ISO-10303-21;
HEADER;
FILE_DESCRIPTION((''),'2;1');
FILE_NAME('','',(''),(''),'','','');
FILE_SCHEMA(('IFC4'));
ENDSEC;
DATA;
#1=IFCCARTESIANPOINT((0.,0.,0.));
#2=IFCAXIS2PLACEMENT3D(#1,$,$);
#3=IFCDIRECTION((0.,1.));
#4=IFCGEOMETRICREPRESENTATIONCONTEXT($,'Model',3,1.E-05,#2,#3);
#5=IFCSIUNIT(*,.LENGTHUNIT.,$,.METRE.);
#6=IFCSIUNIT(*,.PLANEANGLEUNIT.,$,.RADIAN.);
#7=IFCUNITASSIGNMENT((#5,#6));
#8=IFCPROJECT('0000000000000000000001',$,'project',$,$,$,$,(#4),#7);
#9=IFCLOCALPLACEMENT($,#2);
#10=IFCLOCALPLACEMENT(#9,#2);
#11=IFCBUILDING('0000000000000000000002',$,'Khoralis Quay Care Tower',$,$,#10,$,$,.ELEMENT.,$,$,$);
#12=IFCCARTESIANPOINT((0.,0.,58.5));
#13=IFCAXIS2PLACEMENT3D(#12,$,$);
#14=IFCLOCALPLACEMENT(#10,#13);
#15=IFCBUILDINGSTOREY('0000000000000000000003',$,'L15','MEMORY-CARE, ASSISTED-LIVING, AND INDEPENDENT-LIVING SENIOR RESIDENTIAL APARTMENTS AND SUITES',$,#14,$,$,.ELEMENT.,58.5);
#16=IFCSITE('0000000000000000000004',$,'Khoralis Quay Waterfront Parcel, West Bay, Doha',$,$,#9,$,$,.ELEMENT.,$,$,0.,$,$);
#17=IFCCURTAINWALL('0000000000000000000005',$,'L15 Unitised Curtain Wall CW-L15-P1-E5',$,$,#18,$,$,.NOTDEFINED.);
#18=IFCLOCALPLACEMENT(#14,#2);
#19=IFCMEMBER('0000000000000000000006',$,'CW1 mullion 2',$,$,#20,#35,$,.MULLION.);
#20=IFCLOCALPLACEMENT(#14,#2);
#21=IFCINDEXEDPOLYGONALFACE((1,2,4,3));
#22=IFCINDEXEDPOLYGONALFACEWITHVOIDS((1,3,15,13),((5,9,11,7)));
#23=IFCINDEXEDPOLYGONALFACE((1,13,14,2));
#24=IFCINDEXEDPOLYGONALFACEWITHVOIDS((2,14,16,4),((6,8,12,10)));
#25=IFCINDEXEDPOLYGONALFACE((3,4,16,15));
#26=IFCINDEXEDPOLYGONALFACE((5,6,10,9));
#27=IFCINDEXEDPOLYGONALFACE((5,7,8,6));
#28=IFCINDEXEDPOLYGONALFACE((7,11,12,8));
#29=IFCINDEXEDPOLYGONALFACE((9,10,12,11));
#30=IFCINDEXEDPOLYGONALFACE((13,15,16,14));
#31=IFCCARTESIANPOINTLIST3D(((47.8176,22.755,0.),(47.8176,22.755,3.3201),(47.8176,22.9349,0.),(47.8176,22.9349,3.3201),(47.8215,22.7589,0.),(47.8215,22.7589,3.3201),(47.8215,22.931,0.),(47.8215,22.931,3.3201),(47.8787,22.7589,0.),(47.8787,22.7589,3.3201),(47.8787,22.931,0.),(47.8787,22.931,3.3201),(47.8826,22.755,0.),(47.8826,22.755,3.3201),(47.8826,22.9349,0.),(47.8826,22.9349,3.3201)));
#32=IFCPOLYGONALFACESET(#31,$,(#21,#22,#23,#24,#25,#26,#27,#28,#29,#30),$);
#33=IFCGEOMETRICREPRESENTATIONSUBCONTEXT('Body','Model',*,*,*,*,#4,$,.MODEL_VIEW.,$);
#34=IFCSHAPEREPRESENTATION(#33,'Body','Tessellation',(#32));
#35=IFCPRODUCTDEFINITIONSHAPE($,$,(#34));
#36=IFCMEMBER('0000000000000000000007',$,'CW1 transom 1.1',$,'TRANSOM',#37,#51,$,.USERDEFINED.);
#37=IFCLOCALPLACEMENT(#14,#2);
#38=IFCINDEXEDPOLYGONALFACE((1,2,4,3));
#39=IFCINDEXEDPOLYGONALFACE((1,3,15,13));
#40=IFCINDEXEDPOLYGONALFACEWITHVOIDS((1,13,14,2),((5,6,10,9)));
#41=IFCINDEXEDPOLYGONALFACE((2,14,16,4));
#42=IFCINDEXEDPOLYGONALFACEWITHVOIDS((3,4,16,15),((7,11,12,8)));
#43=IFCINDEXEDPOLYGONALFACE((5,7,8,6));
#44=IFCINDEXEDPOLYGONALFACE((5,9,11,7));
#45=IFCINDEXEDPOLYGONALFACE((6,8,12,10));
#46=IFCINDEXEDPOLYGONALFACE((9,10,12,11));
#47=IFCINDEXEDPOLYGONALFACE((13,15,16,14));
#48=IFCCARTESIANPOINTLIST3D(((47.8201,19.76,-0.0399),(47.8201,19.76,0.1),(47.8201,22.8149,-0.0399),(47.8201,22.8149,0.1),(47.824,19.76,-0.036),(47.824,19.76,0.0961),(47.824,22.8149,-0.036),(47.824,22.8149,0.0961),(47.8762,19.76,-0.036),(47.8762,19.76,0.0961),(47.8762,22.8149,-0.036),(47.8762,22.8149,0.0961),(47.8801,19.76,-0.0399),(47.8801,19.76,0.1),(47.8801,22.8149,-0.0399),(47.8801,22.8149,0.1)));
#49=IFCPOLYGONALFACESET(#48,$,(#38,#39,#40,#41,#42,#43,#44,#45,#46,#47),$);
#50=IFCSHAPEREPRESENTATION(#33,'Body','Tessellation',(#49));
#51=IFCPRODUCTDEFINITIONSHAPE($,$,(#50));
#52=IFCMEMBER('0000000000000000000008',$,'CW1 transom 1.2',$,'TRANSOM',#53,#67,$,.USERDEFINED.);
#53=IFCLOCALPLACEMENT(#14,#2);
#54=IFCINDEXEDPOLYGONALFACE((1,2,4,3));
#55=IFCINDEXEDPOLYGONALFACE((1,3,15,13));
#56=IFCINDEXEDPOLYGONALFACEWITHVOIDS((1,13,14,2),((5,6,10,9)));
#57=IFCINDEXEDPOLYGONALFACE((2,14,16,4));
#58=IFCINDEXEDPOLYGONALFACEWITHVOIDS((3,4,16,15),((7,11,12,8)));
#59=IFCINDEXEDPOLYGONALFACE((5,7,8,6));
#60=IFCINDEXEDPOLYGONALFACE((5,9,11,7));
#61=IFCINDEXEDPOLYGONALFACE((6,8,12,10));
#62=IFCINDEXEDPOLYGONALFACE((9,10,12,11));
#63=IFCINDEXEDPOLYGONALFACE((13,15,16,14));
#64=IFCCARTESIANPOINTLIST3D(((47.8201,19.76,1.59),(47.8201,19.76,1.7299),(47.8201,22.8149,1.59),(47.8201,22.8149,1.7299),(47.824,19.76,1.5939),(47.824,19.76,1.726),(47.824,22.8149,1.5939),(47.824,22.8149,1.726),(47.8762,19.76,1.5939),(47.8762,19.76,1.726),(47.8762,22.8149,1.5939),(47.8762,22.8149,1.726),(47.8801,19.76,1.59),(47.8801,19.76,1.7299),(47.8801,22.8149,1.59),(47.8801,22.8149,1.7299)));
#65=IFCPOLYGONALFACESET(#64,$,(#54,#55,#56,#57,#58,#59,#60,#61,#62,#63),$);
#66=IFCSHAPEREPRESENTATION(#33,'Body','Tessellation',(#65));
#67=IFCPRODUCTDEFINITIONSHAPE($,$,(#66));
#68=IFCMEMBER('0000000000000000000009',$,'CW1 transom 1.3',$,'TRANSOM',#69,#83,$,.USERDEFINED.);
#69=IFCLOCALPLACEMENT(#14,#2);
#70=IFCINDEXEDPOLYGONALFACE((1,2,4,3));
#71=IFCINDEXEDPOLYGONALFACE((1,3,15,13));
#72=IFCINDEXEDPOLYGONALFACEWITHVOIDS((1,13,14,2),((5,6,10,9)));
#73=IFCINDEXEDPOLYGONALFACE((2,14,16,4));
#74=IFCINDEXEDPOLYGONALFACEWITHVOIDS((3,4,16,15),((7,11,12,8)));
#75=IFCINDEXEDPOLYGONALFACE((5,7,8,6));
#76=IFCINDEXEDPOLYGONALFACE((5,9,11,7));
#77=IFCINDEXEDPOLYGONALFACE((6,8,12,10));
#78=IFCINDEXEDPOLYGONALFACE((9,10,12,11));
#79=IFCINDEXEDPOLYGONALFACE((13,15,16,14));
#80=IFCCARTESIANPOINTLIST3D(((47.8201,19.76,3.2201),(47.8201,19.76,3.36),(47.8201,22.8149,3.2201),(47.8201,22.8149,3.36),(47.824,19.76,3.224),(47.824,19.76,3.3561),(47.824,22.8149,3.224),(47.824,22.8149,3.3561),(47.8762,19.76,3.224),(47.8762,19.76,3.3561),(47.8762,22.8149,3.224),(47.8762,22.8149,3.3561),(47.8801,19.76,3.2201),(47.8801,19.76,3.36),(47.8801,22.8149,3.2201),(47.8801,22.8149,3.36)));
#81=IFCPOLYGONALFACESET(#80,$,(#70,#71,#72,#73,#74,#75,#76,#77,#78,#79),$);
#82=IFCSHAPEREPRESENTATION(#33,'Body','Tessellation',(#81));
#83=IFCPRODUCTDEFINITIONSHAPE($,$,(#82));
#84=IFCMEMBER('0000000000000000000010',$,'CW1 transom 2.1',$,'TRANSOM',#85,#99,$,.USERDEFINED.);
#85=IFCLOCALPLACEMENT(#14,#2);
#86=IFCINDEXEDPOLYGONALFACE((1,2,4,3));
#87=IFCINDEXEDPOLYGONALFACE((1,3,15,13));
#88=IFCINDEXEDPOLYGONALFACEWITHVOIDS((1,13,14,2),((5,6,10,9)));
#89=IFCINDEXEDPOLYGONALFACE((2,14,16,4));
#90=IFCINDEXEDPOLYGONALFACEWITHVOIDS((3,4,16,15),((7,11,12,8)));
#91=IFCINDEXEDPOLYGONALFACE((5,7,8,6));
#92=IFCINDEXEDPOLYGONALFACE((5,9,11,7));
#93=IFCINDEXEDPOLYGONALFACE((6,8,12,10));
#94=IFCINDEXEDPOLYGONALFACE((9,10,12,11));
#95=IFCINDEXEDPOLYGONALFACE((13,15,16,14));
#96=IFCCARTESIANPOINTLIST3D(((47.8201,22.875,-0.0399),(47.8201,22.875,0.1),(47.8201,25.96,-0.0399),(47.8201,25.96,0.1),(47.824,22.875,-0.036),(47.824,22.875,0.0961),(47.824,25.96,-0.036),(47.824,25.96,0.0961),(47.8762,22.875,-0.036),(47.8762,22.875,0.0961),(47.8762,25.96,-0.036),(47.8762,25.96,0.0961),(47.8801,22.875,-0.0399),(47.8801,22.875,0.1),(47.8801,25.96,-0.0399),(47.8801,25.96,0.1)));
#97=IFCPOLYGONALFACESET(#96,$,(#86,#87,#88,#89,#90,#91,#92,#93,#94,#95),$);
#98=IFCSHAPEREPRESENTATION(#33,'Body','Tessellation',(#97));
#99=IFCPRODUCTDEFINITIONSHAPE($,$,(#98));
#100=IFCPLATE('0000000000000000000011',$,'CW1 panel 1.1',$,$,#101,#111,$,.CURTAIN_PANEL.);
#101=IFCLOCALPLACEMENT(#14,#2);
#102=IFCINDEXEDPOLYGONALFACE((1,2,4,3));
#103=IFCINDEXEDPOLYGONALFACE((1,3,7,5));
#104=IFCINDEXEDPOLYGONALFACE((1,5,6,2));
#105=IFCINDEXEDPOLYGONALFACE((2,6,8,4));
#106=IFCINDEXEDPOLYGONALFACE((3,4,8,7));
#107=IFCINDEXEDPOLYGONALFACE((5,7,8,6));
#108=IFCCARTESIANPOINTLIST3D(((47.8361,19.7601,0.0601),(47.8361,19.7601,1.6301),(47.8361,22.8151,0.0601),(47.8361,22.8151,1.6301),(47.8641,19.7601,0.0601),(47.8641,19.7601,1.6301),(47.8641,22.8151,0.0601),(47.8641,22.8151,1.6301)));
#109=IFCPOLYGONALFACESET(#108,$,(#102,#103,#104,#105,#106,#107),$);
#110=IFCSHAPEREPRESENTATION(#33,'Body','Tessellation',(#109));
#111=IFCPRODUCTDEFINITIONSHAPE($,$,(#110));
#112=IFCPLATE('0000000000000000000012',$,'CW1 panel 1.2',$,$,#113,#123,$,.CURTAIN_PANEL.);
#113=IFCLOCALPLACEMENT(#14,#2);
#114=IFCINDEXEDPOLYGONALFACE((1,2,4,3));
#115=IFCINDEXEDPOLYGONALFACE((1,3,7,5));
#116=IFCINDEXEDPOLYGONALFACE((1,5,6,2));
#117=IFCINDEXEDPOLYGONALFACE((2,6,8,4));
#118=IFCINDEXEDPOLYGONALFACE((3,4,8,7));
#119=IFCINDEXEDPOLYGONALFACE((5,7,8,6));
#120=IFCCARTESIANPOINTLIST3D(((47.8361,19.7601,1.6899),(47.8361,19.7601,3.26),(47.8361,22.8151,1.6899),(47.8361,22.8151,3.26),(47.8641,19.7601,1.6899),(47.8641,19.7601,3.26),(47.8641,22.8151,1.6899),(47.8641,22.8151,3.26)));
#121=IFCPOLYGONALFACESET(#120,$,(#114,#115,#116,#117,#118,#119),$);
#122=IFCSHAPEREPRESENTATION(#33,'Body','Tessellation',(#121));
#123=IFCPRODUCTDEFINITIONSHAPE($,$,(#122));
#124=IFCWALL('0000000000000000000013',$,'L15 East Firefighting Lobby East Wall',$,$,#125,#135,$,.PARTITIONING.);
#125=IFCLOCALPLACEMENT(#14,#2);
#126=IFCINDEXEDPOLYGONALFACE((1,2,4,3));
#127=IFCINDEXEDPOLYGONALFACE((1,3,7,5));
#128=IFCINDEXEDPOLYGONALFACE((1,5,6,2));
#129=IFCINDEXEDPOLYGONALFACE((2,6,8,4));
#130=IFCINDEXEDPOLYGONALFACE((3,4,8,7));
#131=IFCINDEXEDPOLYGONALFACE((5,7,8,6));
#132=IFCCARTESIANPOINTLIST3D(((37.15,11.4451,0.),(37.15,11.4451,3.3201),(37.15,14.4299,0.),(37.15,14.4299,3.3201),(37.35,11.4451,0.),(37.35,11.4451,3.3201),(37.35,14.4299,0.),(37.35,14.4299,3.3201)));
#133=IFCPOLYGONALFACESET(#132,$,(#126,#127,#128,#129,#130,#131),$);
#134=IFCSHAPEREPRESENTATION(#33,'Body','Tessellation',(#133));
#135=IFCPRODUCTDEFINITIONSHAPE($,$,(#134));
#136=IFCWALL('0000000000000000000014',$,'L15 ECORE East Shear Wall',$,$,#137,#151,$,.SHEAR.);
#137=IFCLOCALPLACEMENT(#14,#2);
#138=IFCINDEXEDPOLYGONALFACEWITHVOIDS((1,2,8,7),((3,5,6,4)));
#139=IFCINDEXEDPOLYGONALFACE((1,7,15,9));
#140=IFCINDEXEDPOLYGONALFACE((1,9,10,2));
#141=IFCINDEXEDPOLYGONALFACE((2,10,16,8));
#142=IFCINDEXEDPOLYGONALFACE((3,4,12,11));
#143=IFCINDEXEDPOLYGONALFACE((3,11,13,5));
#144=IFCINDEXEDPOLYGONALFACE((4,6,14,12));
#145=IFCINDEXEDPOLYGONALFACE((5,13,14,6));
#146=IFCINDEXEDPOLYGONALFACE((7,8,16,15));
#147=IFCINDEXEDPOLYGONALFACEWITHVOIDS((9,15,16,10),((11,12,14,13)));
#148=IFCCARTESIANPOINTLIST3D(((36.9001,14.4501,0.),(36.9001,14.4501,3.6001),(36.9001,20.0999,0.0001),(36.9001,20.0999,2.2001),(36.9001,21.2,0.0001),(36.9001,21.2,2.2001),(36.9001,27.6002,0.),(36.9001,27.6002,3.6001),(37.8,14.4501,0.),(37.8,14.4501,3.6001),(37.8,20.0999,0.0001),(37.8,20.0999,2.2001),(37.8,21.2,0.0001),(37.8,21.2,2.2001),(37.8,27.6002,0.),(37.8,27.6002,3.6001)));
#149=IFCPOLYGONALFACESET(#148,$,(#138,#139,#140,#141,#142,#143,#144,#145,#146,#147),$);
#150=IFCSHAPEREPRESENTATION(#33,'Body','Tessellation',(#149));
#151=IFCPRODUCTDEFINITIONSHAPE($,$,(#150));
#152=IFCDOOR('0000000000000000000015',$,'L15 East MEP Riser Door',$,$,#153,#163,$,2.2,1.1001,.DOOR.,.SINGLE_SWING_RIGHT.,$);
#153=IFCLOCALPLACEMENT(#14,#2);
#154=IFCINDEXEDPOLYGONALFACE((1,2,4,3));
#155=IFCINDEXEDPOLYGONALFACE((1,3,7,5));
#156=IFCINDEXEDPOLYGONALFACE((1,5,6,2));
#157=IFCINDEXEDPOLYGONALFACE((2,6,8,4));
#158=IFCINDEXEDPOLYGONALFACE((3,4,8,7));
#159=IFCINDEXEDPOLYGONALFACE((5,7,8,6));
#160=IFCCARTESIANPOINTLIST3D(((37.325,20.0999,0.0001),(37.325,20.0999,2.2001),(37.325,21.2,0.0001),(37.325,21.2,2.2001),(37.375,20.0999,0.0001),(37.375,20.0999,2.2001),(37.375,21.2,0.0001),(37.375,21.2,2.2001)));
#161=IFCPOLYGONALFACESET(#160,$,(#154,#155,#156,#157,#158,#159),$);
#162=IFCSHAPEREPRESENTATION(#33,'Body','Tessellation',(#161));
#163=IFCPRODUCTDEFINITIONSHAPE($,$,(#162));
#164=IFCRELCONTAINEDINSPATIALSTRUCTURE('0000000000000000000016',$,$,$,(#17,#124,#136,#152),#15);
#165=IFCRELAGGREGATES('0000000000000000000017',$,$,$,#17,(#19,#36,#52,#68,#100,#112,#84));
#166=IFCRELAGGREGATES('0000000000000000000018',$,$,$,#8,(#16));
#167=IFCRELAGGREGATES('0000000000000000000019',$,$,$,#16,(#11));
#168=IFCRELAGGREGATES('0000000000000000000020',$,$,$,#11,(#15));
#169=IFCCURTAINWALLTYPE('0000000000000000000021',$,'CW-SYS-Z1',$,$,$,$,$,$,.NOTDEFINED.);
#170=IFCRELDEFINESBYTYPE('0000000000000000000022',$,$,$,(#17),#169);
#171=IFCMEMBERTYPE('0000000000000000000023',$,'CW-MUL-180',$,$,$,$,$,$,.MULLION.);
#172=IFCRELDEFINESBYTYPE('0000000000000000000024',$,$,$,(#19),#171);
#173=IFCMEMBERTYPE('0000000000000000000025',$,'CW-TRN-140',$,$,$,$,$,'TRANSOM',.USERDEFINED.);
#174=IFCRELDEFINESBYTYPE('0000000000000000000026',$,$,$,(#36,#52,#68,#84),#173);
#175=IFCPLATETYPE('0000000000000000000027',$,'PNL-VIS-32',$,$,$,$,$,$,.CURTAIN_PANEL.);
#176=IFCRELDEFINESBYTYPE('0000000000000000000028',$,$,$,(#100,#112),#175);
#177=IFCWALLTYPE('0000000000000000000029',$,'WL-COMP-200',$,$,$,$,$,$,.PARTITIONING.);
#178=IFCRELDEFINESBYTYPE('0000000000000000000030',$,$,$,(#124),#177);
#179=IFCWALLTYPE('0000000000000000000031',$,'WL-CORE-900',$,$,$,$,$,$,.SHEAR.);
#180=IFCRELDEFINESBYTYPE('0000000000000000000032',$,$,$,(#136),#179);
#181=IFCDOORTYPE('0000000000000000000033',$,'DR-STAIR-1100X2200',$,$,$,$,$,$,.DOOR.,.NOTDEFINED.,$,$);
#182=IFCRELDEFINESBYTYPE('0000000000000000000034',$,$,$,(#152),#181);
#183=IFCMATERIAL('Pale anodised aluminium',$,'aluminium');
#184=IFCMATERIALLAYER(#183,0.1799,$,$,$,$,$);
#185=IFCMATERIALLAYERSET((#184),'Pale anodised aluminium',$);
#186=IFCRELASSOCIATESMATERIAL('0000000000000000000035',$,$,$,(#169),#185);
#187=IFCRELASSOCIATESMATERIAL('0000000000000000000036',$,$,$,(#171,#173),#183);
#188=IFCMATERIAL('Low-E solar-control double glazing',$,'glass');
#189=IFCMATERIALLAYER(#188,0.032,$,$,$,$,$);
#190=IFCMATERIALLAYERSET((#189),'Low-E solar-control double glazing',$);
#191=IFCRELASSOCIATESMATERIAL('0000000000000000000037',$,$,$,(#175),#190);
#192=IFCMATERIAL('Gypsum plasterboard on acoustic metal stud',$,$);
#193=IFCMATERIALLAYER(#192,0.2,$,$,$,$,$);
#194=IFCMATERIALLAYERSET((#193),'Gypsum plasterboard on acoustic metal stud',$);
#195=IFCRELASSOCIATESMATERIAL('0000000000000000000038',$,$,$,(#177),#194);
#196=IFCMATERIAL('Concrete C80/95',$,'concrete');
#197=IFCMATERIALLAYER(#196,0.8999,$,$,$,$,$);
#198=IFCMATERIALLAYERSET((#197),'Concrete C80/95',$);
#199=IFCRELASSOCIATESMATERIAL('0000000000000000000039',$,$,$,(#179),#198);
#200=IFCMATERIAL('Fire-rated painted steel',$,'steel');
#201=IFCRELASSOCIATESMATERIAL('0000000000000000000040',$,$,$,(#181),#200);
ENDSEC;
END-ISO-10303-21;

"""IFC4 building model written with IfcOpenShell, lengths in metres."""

from ifc_helpers import new_model, si_unit, direction, frame, frame_2d, origin, origin_2d, place, context, subcontext, project, spatial, rectangle, hollow_rectangle, extrude, source, transform, mapped, material, layer, layer_set, material_profile, profile_set, type_object, element, fill, aggregate, save


model = new_model("IFC4")

# Units and contexts
model_context = context("Model", 3, precision=1e-05, world=origin(), true_north=direction((0.0, 1.0)))
body_context = subcontext(model_context, "Body", "Model", "MODEL_VIEW")
ifc_project = project(units=[si_unit("LENGTHUNIT", "METRE"), si_unit("PLANEANGLEUNIT", "RADIAN")], contexts=[model_context])

# Site, building, storey
site_placement = place(None, origin())
site = spatial("IfcSite", under=ifc_project, at=site_placement, Name="Khoralis Quay Waterfront Parcel, West Bay, Doha", CompositionType="ELEMENT", RefElevation=0.0)
building_placement = place(site_placement, origin())
building = spatial("IfcBuilding", under=site, at=building_placement, Name="Khoralis Quay Care Tower", CompositionType="ELEMENT")
storey_placement = place(building_placement, frame((0.0, 0.0, 58.5)))
storey = spatial("IfcBuildingStorey", under=building, at=storey_placement, Name="L15", Description="MEMORY-CARE, ASSISTED-LIVING, AND INDEPENDENT-LIVING SENIOR RESIDENTIAL APARTMENTS AND SUITES", CompositionType="ELEMENT", Elevation=58.5)

# Shared definitions
ifc_material_1 = material(Name="Concrete C80/95", Category="concrete")

# Curtain wall, members, plates
ifc_material_2 = material(Name="Pale anodised aluminium", Category="aluminium")
ifc_layer_1 = layer(ifc_material_2, 0.1799)
ifc_layer_set_1 = layer_set([ifc_layer_1], Name="Pale anodised aluminium")
curtain_wall_type = type_object("IfcCurtainWallType", Name="CW-SYS-Z1", PredefinedType="NOTDEFINED", material=ifc_layer_set_1)
curtain_wall_placement = place(storey_placement, origin())
curtain_wall = element("IfcCurtainWall", 1, at=curtain_wall_placement, inside=storey, type_object=curtain_wall_type, Name="L15 Unitised Curtain Wall CW-L15-P1-E5", PredefinedType="NOTDEFINED")
ifc_material_profile_1 = material_profile(ifc_material_2, hollow_rectangle(XDim=0.0649, YDim=0.1799, WallThickness=0.0039, at=origin_2d()), Name="Pale anodised aluminium")
ifc_profile_set_1 = profile_set([ifc_material_profile_1], Name="Pale anodised aluminium")
member_type_1 = type_object("IfcMemberType", Name="CW-MUL-180", PredefinedType="MULLION", material=ifc_profile_set_1)
shared_shape_1 = source(origin(), body_context, "Body", "SweptSolid", [
    extrude(hollow_rectangle(XDim=0.0649, YDim=0.1799, WallThickness=0.0039, at=origin_2d()), origin(), (0.0, 0.0, 1.0), 3.3201),
])
member_1_placement = place(storey_placement, frame((47.8501, 22.845, 0.0), z_axis=(0.0, 0.0, 1.0), x_axis=(-1.0, 0.0, 0.0)))
member_1 = element("IfcMember", 2, at=member_1_placement, type_object=member_type_1, Name="CW1 mullion 2", PredefinedType="MULLION", context=body_context, shape_type="MappedRepresentation", body=[
    mapped(shared_shape_1, transform((0.0, 0.0, 0.0), scale=1.0)),
])
ifc_material_profile_2 = material_profile(ifc_material_2, hollow_rectangle(XDim=0.0601, YDim=0.1399, WallThickness=0.0039, at=origin_2d()), Name="Pale anodised aluminium")
ifc_profile_set_2 = profile_set([ifc_material_profile_2], Name="Pale anodised aluminium")
member_type_2 = type_object("IfcMemberType", Name="CW-TRN-140", ElementType="TRANSOM", PredefinedType="USERDEFINED", material=ifc_profile_set_2)
shared_shape_2 = source(origin(), body_context, "Body", "SweptSolid", [
    extrude(hollow_rectangle(XDim=0.0601, YDim=0.1399, WallThickness=0.0039, at=origin_2d()), origin(), (0.0, 0.0, 1.0), 3.0549),
])
member_2_placement = place(storey_placement, frame((47.8501, 19.76, 0.03), z_axis=(0.0, 1.0, 0.0), x_axis=(-1.0, 0.0, 0.0)))
member_2 = element("IfcMember", 3, at=member_2_placement, type_object=member_type_2, Name="CW1 transom 1.1", ObjectType="TRANSOM", PredefinedType="USERDEFINED", context=body_context, shape_type="MappedRepresentation", body=[
    mapped(shared_shape_2, transform((0.0, 0.0, 0.0), scale=1.0)),
])
member_3_placement = place(storey_placement, frame((47.8501, 19.76, 1.6599), z_axis=(0.0, 1.0, 0.0), x_axis=(-1.0, 0.0, 0.0)))
member_3 = element("IfcMember", 4, at=member_3_placement, type_object=member_type_2, Name="CW1 transom 1.2", ObjectType="TRANSOM", PredefinedType="USERDEFINED", context=body_context, shape_type="MappedRepresentation", body=[
    mapped(shared_shape_2, transform((0.0, 0.0, 0.0), scale=1.0)),
])
member_4_placement = place(storey_placement, frame((47.8501, 19.76, 3.29), z_axis=(0.0, 1.0, 0.0), x_axis=(-1.0, 0.0, 0.0)))
member_4 = element("IfcMember", 5, at=member_4_placement, type_object=member_type_2, Name="CW1 transom 1.3", ObjectType="TRANSOM", PredefinedType="USERDEFINED", context=body_context, shape_type="MappedRepresentation", body=[
    mapped(shared_shape_2, transform((0.0, 0.0, 0.0), scale=1.0)),
])
shared_shape_3 = source(origin(), body_context, "Body", "SweptSolid", [
    extrude(hollow_rectangle(XDim=0.0601, YDim=0.1399, WallThickness=0.0039, at=origin_2d()), origin(), (0.0, 0.0, 1.0), 3.085),
])
member_5_placement = place(storey_placement, frame((47.8501, 22.875, 0.03), z_axis=(0.0, 1.0, 0.0), x_axis=(-1.0, 0.0, 0.0)))
member_5 = element("IfcMember", 6, at=member_5_placement, type_object=member_type_2, Name="CW1 transom 2.1", ObjectType="TRANSOM", PredefinedType="USERDEFINED", context=body_context, shape_type="MappedRepresentation", body=[
    mapped(shared_shape_3, transform((0.0, 0.0, 0.0), scale=1.0)),
])
ifc_material_3 = material(Name="Low-E solar-control double glazing", Category="glass")
ifc_layer_2 = layer(ifc_material_3, 0.032)
ifc_layer_set_2 = layer_set([ifc_layer_2], Name="Low-E solar-control double glazing")
plate_type = type_object("IfcPlateType", Name="PNL-VIS-32", PredefinedType="CURTAIN_PANEL", material=ifc_layer_set_2)
shared_shape_4 = source(origin(), body_context, "Body", "SweptSolid", [
    extrude(rectangle(XDim=3.0549, YDim=0.0281, at=origin_2d()), origin(), (0.0, 0.0, 1.0), 1.5701),
])
plate_1_placement = place(storey_placement, frame((47.8501, 21.2876, 0.0601), z_axis=(0.0, 0.0, 1.0), x_axis=(0.0, 1.0, 0.0)))
plate_1 = element("IfcPlate", 7, at=plate_1_placement, type_object=plate_type, Name="CW1 panel 1.1", PredefinedType="CURTAIN_PANEL", context=body_context, shape_type="MappedRepresentation", body=[
    mapped(shared_shape_4, transform((0.0, 0.0, 0.0), scale=1.0)),
])
plate_2_placement = place(storey_placement, frame((47.8501, 21.2876, 1.6899), z_axis=(0.0, 0.0, 1.0), x_axis=(0.0, 1.0, 0.0)))
plate_2 = element("IfcPlate", 8, at=plate_2_placement, type_object=plate_type, Name="CW1 panel 1.2", PredefinedType="CURTAIN_PANEL", context=body_context, shape_type="MappedRepresentation", body=[
    mapped(shared_shape_4, transform((0.0, 0.0, 0.0), scale=1.0)),
])
aggregate(curtain_wall, [member_1, member_2, member_3, member_4, plate_1, plate_2, member_5])

# Wall
ifc_material_4 = material(Name="Gypsum plasterboard on acoustic metal stud")
ifc_layer_3 = layer(ifc_material_4, 0.2)
ifc_layer_set_3 = layer_set([ifc_layer_3], Name="Gypsum plasterboard on acoustic metal stud")
wall_type_1 = type_object("IfcWallType", Name="WL-COMP-200", PredefinedType="PARTITIONING", material=ifc_layer_set_3)
wall_1_placement = place(storey_placement, frame((37.25, 11.4451, 0.0), z_axis=(0.0, 0.0, 1.0), x_axis=(0.0, 1.0, 0.0)))
element("IfcWall", 9, at=wall_1_placement, inside=storey, type_object=wall_type_1, Name="L15 East Firefighting Lobby East Wall", PredefinedType="PARTITIONING", context=body_context, shape_type="SweptSolid", body=[
    extrude(rectangle(XDim=2.9849, YDim=0.2, at=frame_2d((1.4924, 0.0))), origin(), (0.0, 0.0, 1.0), 3.3201),
])

# Wall, opening, door
ifc_layer_4 = layer(ifc_material_1, 0.8999)
ifc_layer_set_4 = layer_set([ifc_layer_4], Name="Concrete C80/95")
wall_type_2 = type_object("IfcWallType", Name="WL-CORE-900", PredefinedType="SHEAR", material=ifc_layer_set_4)
wall_2_placement = place(storey_placement, frame((37.3501, 14.45, 0.0), z_axis=(0.0, 0.0, 1.0), x_axis=(0.0, 1.0, 0.0)))
wall_2 = element("IfcWall", 10, at=wall_2_placement, inside=storey, type_object=wall_type_2, Name="L15 ECORE East Shear Wall", PredefinedType="SHEAR", context=body_context, shape_type="SweptSolid", body=[
    extrude(rectangle(XDim=13.1501, YDim=0.8999, at=frame_2d((6.5752, 0.0))), origin(), (0.0, 0.0, 1.0), 3.6001),
])
opening_1_placement = place(wall_2_placement, frame((5.6499, 0.0, 0.0)))
opening_1 = element("IfcOpeningElement", 11, at=opening_1_placement, cuts=wall_2, PredefinedType="OPENING", context=body_context, shape_type="SweptSolid", body=[
    extrude(rectangle(XDim=1.1001, YDim=2.2, at=frame_2d((0.55, 1.1001))), frame((0.0, 0.46, 0.0), z_axis=(0.0, -1.0, 0.0), x_axis=(1.0, 0.0, 0.0)), (0.0, 0.0, 1.0), 0.9199),
])
ifc_material_5 = material(Name="Fire-rated painted steel", Category="steel")
door_type_1 = type_object("IfcDoorType", Name="DR-STAIR-1100X2200", OperationType="NOTDEFINED", PredefinedType="DOOR", material=ifc_material_5)
shared_shape_5 = source(origin(), body_context, "Body", "SweptSolid", [
    extrude(rectangle(XDim=1.1001, YDim=2.2, at=frame_2d((0.55, 1.1001))), frame((0.0, 0.0249, 0.0), z_axis=(0.0, -1.0, 0.0), x_axis=(1.0, 0.0, 0.0)), (0.0, 0.0, 1.0), 0.05),
])
door_1_placement = place(opening_1_placement, frame((1.1001, 0.0, 0.0), z_axis=(0.0, 0.0, 1.0), x_axis=(-1.0, 0.0, 0.0)))
door_1 = element("IfcDoor", 12, at=door_1_placement, inside=storey, type_object=door_type_1, Name="L15 East MEP Riser Door", OperationType="SINGLE_SWING_RIGHT", OverallHeight=2.2, OverallWidth=1.1001, PredefinedType="DOOR", context=body_context, shape_type="MappedRepresentation", body=[
    mapped(shared_shape_5, transform((0.0, 0.0, 0.0), scale=1.0)),
])
fill(opening_1, door_1)

save(model, "model.ifc")
